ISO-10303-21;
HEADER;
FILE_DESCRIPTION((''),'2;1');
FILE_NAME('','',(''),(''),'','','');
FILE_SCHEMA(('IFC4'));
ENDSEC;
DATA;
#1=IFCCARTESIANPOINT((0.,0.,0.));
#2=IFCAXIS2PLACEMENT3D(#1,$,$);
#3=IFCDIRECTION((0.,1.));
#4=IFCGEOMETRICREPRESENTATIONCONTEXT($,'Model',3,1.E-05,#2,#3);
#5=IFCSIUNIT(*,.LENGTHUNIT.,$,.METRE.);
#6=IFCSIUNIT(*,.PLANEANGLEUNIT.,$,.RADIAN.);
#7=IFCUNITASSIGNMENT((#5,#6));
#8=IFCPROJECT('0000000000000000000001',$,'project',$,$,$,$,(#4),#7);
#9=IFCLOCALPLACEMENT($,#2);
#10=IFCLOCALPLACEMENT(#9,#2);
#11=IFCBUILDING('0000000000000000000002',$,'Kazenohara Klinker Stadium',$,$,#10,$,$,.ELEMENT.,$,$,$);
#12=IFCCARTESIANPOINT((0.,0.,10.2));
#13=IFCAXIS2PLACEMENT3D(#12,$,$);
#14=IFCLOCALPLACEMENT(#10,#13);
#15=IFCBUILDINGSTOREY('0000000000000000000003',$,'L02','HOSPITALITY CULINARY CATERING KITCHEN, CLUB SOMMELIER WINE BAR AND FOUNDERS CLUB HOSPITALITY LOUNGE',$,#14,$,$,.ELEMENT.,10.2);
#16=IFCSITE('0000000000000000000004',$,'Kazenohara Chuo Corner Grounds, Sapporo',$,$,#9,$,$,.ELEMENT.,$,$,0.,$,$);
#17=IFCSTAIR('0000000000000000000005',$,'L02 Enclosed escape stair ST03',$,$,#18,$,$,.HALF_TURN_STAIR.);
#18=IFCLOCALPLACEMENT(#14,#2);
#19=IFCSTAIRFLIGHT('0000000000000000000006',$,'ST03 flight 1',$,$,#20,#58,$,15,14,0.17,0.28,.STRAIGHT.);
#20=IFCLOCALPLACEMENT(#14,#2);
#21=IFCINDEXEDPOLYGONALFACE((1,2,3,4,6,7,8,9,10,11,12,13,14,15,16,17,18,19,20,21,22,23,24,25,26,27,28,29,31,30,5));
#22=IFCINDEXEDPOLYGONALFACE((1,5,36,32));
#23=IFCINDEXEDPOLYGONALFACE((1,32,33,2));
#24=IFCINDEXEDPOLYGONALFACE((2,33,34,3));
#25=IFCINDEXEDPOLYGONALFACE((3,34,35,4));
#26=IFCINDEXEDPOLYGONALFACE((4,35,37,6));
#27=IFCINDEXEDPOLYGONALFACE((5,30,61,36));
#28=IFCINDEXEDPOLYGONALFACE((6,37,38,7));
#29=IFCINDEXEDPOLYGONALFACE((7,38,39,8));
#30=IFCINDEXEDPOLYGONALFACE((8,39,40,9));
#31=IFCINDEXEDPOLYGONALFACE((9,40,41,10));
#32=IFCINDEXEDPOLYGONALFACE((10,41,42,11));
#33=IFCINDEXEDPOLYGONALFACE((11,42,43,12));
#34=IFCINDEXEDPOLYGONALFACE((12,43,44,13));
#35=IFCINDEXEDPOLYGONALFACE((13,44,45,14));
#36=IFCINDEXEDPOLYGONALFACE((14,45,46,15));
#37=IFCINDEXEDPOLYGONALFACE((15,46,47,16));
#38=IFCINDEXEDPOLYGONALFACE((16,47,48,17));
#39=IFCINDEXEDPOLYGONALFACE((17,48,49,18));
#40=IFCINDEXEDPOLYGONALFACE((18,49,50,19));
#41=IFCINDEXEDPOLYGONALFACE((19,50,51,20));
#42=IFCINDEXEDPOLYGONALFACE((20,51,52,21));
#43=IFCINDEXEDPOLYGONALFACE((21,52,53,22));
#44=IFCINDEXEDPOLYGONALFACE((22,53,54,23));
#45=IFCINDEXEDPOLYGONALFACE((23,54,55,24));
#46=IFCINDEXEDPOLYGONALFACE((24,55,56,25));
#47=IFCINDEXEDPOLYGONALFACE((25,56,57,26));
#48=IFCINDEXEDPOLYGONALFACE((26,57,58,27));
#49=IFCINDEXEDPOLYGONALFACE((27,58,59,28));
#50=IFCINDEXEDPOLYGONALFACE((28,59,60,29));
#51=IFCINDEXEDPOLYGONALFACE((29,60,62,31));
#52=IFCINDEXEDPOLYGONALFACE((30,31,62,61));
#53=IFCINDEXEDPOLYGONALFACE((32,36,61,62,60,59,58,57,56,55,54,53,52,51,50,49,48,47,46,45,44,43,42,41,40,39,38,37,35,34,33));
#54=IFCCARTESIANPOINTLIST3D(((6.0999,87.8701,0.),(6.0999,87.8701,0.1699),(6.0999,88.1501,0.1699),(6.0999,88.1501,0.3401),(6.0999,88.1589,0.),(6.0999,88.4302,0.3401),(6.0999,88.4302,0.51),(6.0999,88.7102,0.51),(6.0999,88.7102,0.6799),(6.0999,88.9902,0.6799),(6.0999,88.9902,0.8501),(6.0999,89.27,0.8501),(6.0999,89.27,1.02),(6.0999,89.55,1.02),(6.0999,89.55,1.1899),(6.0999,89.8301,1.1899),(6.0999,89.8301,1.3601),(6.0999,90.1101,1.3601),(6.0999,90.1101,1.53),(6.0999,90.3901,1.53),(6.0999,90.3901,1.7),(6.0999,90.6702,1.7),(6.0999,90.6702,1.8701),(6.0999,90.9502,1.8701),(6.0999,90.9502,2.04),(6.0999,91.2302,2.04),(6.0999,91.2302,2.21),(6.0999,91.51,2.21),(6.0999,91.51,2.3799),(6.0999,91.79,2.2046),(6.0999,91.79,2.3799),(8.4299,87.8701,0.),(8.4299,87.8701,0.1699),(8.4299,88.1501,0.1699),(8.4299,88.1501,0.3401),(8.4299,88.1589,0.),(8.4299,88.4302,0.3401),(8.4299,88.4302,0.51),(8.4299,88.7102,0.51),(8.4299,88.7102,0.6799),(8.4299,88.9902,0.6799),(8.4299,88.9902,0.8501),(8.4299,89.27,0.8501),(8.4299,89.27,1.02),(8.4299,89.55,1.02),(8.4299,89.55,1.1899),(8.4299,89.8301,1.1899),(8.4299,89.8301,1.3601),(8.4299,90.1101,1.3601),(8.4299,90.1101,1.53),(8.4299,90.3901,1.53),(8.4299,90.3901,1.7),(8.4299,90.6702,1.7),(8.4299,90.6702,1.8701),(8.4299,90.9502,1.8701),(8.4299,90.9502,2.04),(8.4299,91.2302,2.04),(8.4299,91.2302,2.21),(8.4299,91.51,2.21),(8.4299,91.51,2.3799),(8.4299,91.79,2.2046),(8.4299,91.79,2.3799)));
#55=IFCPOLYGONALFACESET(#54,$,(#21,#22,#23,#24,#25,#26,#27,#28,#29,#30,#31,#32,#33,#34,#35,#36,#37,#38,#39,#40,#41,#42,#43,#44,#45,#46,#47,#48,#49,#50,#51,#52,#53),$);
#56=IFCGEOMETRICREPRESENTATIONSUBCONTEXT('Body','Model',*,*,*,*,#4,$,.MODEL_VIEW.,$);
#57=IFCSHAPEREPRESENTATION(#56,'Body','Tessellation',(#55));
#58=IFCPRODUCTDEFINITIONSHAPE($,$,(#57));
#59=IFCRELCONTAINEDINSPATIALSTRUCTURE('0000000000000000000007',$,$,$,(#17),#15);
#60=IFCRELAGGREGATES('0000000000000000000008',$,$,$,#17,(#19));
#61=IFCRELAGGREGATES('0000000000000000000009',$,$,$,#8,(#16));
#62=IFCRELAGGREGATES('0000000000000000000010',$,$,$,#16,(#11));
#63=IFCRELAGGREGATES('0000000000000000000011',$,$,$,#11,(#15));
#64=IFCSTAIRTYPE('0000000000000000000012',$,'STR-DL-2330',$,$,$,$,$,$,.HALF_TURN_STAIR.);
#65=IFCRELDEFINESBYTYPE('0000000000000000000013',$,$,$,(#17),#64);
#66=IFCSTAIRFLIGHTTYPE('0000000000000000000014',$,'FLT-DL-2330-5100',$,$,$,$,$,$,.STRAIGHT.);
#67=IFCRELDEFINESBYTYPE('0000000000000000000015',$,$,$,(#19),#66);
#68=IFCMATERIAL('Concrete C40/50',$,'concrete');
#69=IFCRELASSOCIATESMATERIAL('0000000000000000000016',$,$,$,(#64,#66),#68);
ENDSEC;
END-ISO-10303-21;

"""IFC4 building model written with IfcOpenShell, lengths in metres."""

from ifc_helpers import new_model, si_unit, direction, frame, origin, place, context, subcontext, project, spatial, polyline, outline, extrude, material, type_object, element, aggregate, save


model = new_model("IFC4")

# Units and contexts
model_context = context("Model", 3, precision=1e-05, world=origin(), true_north=direction((0.0, 1.0)))
body_context = subcontext(model_context, "Body", "Model", "MODEL_VIEW")
ifc_project = project(units=[si_unit("LENGTHUNIT", "METRE"), si_unit("PLANEANGLEUNIT", "RADIAN")], contexts=[model_context])

# Site, building, storey
site_placement = place(None, origin())
site = spatial("IfcSite", under=ifc_project, at=site_placement, Name="Kazenohara Chuo Corner Grounds, Sapporo", CompositionType="ELEMENT", RefElevation=0.0)
building_placement = place(site_placement, origin())
building = spatial("IfcBuilding", under=site, at=building_placement, Name="Kazenohara Klinker Stadium", CompositionType="ELEMENT")
storey_placement = place(building_placement, frame((0.0, 0.0, 10.2)))
storey = spatial("IfcBuildingStorey", under=building, at=storey_placement, Name="L02", Description="HOSPITALITY CULINARY CATERING KITCHEN, CLUB SOMMELIER WINE BAR AND FOUNDERS CLUB HOSPITALITY LOUNGE", CompositionType="ELEMENT", Elevation=10.2)

# Shared definitions
ifc_material_1 = material(Name="Concrete C40/50", Category="concrete")

# Stair, stair flight
stair_type_1 = type_object("IfcStairType", Name="STR-DL-2330", PredefinedType="HALF_TURN_STAIR", material=ifc_material_1)
stair_1_placement = place(storey_placement, origin())
stair_1 = element("IfcStair", 1, at=stair_1_placement, inside=storey, type_object=stair_type_1, Name="L02 Enclosed escape stair ST03", PredefinedType="HALF_TURN_STAIR")
stair_flight_type_1 = type_object("IfcStairFlightType", Name="FLT-DL-2330-5100", PredefinedType="STRAIGHT", material=ifc_material_1)
stair_flight_1_placement = place(storey_placement, frame((7.2649, 87.8701, 0.0), z_axis=(0.0, 0.0, 1.0), x_axis=(0.0, 1.0, 0.0)))
stair_flight_1 = element("IfcStairFlight", 2, at=stair_flight_1_placement, type_object=stair_flight_type_1, Name="ST03 flight 1", NumberOfRisers=15, NumberOfTreads=14, PredefinedType="STRAIGHT", RiserHeight=0.17, TreadLength=0.28, context=body_context, shape_type="SweptSolid", body=[
    extrude(outline(polyline([(0.0, 0.0), (0.0, 0.1699), (0.28, 0.1699), (0.28, 0.3401), (0.5601, 0.3401), (0.5601, 0.51), (0.8401, 0.51), (0.8401, 0.6799), (1.1201, 0.6799), (1.1201, 0.8501), (1.3999, 0.8501), (1.3999, 1.02), (1.6799, 1.02), (1.6799, 1.1899), (1.96, 1.1899), (1.96, 1.3601), (2.24, 1.3601), (2.24, 1.53), (2.52, 1.53), (2.52, 1.7), (2.8, 1.7), (2.8, 1.8701), (3.0801, 1.8701), (3.0801, 2.04), (3.3601, 2.04), (3.3601, 2.21), (3.6399, 2.21), (3.6399, 2.3799), (3.9199, 2.3799), (3.9199, 2.55), (3.9199, 2.2046), (0.2888, 0.0), (0.0, 0.0)])), frame((0.0, 1.165, 0.0), z_axis=(0.0, -1.0, 0.0), x_axis=(1.0, 0.0, 0.0)), (0.0, 0.0, 1.0), 2.3301),
])
aggregate(stair_1, [stair_flight_1])

save(model, "model.ifc")
